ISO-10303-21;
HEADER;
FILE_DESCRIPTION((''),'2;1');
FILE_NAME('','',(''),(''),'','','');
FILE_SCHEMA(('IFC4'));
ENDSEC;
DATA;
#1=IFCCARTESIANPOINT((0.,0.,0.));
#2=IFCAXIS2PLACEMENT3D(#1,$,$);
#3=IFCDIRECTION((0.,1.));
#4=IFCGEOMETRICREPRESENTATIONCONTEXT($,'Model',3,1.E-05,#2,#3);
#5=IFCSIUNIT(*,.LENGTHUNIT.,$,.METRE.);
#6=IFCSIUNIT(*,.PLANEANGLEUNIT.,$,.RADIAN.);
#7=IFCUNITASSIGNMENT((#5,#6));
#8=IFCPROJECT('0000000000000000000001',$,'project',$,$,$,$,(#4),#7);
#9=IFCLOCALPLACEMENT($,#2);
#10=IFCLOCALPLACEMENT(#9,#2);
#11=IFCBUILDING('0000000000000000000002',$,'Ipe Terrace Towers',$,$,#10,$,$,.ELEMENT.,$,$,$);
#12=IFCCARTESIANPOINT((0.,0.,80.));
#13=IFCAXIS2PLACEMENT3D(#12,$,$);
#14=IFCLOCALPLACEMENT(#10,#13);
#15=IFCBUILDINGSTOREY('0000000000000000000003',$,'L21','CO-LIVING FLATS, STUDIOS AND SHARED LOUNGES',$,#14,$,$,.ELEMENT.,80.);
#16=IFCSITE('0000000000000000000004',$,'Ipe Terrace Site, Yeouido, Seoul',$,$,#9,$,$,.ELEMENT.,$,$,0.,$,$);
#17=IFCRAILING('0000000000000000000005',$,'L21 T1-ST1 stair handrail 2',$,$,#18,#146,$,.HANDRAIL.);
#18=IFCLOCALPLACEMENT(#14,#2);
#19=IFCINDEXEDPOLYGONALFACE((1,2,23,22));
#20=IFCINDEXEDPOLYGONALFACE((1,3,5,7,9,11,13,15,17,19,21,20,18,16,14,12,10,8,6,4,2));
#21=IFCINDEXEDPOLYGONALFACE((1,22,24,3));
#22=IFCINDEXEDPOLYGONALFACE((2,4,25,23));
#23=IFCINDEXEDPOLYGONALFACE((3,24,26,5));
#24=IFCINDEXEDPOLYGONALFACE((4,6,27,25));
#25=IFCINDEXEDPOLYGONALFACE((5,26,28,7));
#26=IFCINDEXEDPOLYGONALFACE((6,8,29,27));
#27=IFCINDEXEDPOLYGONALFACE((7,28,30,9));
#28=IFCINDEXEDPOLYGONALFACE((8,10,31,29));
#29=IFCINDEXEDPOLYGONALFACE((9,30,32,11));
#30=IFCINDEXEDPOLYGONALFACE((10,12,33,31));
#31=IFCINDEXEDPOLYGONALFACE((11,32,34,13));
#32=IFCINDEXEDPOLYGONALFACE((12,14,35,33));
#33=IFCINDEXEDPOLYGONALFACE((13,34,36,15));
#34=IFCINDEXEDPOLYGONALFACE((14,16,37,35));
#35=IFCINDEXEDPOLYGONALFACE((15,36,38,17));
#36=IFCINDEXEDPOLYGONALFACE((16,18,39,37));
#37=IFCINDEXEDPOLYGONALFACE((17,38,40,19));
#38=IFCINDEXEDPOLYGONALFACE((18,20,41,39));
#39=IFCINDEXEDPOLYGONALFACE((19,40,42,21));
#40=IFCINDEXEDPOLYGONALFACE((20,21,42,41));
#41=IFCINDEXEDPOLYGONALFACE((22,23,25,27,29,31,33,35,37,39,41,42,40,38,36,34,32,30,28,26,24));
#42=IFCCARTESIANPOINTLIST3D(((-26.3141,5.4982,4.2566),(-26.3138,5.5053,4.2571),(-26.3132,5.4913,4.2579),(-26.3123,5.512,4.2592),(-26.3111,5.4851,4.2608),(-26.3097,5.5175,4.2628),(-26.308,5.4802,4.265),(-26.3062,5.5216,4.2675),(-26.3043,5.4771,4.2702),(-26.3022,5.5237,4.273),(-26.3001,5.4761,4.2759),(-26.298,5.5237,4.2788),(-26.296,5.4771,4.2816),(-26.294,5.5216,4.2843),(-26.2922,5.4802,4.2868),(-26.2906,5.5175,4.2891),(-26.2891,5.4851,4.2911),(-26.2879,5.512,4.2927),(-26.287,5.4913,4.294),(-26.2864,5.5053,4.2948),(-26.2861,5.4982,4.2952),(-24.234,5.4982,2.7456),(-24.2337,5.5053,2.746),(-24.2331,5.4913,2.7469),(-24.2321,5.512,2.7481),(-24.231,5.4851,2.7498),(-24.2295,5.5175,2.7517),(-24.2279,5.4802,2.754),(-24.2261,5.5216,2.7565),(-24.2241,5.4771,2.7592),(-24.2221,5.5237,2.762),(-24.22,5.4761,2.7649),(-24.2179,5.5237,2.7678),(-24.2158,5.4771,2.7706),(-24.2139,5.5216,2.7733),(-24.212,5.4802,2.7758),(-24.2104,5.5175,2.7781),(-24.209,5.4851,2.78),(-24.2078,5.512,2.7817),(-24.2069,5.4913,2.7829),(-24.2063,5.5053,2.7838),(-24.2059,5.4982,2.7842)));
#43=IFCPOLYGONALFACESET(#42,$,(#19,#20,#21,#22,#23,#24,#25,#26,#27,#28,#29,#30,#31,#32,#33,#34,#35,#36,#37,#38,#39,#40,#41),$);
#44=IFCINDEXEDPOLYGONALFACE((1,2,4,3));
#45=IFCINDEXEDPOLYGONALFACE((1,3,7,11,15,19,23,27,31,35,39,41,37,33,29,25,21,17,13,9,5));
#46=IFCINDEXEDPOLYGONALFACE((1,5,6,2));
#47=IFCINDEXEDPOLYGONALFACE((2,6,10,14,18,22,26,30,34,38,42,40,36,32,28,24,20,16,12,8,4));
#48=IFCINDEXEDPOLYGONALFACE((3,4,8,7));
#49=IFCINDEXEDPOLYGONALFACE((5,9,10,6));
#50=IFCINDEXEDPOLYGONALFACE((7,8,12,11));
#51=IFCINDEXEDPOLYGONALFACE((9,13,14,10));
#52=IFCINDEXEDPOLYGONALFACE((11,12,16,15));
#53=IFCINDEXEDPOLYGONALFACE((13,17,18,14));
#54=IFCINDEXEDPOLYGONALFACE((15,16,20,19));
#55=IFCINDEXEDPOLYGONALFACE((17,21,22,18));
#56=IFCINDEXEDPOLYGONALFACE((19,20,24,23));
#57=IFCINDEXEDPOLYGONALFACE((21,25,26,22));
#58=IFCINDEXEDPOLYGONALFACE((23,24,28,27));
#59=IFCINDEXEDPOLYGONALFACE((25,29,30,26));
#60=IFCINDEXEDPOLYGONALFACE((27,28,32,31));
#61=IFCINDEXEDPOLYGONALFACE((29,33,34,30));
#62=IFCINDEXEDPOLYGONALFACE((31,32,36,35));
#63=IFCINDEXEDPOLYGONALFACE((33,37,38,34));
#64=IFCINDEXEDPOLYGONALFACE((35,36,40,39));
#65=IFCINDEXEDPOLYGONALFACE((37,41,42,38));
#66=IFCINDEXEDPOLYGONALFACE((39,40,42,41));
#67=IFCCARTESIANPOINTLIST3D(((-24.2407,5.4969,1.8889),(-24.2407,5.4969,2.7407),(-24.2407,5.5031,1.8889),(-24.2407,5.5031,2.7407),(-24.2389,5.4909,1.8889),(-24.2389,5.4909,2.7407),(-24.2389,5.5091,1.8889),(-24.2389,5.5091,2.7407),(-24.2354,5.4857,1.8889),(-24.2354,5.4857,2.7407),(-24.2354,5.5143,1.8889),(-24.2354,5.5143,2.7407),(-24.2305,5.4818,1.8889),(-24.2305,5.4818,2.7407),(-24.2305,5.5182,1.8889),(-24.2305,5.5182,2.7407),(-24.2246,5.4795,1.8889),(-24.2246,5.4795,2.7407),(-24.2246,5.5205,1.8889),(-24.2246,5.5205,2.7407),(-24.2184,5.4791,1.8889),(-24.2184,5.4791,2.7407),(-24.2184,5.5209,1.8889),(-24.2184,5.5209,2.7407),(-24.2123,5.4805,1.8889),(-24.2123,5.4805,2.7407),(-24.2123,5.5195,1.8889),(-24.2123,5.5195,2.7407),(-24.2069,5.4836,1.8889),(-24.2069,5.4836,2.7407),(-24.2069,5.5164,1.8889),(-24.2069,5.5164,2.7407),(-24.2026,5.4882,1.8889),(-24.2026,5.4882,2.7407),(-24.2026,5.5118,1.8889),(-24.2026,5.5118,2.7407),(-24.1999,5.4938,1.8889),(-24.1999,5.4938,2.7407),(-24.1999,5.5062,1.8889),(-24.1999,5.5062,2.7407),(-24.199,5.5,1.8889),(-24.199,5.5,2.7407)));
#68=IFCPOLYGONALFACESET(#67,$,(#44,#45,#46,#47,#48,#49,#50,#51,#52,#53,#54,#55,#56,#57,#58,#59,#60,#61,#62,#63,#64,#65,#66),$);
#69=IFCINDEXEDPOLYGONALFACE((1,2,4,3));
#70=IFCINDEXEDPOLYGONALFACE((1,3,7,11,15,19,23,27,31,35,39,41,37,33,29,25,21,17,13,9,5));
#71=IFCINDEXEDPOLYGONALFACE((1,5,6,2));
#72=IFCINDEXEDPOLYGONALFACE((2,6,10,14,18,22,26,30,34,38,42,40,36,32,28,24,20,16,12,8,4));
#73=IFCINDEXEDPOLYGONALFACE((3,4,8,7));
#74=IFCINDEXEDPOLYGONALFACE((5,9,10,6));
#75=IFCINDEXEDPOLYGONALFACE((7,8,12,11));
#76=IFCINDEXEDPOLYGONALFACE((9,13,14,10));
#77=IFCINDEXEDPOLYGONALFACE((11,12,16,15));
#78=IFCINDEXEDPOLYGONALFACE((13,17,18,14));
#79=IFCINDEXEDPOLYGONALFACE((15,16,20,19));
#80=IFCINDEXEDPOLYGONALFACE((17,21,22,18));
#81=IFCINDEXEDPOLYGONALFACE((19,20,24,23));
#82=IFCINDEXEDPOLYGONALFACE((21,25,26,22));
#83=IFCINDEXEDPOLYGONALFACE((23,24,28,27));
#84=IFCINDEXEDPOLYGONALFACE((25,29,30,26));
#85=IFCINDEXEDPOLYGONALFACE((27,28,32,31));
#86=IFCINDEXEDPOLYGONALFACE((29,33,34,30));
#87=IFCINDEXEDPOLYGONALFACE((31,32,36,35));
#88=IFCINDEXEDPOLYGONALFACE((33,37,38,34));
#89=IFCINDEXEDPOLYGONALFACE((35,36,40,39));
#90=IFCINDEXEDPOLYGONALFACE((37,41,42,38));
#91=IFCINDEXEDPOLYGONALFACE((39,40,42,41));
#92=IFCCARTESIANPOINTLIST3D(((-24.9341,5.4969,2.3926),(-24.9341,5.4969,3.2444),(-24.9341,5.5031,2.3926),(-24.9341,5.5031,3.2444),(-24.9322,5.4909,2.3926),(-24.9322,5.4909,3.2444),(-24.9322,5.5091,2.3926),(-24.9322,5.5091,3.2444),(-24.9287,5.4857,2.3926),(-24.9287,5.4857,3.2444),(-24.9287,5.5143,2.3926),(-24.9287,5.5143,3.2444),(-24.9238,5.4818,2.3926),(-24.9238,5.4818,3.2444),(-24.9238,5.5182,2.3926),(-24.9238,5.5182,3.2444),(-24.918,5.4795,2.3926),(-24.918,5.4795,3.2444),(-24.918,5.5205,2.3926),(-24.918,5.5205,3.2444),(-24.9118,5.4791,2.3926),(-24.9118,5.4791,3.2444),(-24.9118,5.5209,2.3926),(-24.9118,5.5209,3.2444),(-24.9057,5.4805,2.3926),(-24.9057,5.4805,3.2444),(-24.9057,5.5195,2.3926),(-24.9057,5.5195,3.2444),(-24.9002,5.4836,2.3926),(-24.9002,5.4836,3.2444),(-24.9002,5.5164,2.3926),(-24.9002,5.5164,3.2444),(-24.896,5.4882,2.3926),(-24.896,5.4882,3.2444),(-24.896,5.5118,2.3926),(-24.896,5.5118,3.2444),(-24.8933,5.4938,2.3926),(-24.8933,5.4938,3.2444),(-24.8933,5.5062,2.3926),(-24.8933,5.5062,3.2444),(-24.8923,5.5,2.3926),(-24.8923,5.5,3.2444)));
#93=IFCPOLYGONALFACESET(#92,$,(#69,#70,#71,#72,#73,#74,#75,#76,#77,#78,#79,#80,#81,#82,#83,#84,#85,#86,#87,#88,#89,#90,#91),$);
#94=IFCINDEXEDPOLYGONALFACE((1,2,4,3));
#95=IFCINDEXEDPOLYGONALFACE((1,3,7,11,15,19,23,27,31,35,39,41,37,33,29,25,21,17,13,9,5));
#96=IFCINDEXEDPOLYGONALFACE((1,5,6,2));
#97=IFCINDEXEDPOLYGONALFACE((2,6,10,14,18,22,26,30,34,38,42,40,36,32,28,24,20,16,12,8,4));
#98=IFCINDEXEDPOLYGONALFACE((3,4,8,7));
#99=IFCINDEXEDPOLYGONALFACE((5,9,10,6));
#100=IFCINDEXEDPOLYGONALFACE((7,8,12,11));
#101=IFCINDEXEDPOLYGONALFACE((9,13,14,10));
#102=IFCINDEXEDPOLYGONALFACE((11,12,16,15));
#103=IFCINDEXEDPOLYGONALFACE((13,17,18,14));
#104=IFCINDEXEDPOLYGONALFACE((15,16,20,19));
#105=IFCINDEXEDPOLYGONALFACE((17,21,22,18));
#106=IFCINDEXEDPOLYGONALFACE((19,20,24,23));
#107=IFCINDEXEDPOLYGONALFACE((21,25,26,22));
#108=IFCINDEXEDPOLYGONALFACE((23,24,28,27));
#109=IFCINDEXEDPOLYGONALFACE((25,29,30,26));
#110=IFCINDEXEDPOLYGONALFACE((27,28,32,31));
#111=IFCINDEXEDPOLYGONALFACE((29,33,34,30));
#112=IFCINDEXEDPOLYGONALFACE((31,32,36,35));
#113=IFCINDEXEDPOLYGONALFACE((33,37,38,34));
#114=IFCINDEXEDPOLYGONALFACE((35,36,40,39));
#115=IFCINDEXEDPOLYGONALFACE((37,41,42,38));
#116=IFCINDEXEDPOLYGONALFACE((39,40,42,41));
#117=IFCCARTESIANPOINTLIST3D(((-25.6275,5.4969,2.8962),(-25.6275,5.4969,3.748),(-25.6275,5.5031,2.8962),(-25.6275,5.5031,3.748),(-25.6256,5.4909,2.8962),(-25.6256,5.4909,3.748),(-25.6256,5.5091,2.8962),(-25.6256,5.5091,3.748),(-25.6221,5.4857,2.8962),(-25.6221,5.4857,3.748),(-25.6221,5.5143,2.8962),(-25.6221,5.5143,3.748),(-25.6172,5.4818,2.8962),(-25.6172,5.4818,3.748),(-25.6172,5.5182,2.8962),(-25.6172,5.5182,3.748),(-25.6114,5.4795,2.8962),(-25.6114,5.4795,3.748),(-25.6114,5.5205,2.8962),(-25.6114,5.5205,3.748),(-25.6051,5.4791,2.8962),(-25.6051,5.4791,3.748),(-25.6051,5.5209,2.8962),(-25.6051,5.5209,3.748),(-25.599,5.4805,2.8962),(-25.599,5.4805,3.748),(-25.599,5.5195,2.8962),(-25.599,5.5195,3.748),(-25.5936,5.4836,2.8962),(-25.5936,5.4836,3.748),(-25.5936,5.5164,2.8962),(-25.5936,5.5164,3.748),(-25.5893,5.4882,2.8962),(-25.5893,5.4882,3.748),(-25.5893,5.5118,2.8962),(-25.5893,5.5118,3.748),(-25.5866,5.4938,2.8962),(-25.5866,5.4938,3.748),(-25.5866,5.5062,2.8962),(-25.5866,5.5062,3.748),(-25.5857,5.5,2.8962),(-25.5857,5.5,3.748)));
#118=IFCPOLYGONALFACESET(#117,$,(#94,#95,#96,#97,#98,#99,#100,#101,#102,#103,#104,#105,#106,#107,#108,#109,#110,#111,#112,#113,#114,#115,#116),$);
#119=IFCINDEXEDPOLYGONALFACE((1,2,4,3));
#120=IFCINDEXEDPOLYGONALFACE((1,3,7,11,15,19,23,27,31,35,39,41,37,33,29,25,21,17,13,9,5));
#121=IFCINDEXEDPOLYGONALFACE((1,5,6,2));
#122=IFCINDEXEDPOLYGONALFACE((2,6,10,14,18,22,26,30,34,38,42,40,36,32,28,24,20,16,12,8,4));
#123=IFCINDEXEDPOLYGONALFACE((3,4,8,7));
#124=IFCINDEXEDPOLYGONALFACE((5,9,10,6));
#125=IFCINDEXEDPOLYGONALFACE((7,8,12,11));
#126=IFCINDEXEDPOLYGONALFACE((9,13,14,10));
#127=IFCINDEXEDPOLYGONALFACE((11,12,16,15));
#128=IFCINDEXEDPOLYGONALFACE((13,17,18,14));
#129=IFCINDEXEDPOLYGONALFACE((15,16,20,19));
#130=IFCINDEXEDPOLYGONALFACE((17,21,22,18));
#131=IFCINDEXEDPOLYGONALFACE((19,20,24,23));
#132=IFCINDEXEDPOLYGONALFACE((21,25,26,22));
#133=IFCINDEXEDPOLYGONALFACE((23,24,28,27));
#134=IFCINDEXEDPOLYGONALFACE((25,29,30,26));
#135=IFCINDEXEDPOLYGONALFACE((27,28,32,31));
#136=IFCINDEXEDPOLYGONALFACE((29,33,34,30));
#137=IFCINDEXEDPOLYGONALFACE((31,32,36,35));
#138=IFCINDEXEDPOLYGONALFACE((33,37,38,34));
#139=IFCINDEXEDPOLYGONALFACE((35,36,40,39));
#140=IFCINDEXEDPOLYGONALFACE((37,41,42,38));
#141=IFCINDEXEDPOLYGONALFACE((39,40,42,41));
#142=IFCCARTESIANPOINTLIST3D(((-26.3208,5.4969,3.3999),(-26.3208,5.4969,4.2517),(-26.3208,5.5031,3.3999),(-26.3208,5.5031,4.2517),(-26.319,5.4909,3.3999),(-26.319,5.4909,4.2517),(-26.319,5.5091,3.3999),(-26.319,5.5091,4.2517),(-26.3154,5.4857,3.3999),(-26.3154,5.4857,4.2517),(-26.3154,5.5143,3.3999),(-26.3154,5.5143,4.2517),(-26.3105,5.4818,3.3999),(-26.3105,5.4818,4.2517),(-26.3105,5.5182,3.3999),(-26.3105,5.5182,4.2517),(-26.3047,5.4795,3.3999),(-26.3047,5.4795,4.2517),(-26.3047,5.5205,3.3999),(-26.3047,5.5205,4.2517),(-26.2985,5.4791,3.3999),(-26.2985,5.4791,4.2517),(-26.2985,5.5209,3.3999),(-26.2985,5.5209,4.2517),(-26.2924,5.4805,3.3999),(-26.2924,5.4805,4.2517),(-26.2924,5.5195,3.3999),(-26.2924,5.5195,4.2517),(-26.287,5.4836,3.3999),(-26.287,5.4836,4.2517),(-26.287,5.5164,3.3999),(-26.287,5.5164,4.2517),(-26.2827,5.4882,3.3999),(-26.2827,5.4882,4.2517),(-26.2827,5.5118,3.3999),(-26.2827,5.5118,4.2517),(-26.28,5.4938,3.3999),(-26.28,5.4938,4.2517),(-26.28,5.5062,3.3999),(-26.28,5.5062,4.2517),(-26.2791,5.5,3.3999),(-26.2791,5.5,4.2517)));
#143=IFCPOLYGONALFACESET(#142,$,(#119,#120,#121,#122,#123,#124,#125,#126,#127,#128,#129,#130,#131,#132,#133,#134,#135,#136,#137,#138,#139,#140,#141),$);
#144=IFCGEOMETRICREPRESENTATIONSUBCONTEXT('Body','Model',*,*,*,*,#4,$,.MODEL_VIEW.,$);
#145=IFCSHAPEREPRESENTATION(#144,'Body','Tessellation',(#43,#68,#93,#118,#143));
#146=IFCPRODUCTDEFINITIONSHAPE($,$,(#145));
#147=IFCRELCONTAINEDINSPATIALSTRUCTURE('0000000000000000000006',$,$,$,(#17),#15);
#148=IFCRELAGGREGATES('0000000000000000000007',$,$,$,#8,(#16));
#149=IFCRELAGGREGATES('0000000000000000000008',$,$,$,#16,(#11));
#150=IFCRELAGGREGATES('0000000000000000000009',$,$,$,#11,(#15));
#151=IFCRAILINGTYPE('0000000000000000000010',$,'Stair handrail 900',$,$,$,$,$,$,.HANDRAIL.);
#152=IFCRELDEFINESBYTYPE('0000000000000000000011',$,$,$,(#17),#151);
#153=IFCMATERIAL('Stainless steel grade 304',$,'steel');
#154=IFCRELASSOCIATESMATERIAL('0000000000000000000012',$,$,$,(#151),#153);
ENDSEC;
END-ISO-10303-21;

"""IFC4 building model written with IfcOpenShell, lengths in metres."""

from ifc_helpers import new_model, si_unit, direction, frame, origin, origin_2d, place, context, subcontext, project, spatial, circle, extrude, material, type_object, element, save


model = new_model("IFC4")

# Units and contexts
model_context = context("Model", 3, precision=1e-05, world=origin(), true_north=direction((0.0, 1.0)))
body_context = subcontext(model_context, "Body", "Model", "MODEL_VIEW")
ifc_project = project(units=[si_unit("LENGTHUNIT", "METRE"), si_unit("PLANEANGLEUNIT", "RADIAN")], contexts=[model_context])

# Site, building, storey
site_placement = place(None, origin())
site = spatial("IfcSite", under=ifc_project, at=site_placement, Name="Ipe Terrace Site, Yeouido, Seoul", CompositionType="ELEMENT", RefElevation=0.0)
building_placement = place(site_placement, origin())
building = spatial("IfcBuilding", under=site, at=building_placement, Name="Ipe Terrace Towers", CompositionType="ELEMENT")
storey_placement = place(building_placement, frame((0.0, 0.0, 80.0)))
storey = spatial("IfcBuildingStorey", under=building, at=storey_placement, Name="L21", Description="CO-LIVING FLATS, STUDIOS AND SHARED LOUNGES", CompositionType="ELEMENT", Elevation=80.0)

# Railing
ifc_material_1 = material(Name="Stainless steel grade 304", Category="steel")
railing_type_1 = type_object("IfcRailingType", Name="Stair handrail 900", PredefinedType="HANDRAIL", material=ifc_material_1)
railing_1_placement = place(storey_placement, frame((-24.22, 5.5, 1.8889)))
element("IfcRailing", 1, at=railing_1_placement, inside=storey, type_object=railing_type_1, Name="L21 T1-ST1 stair handrail 2", PredefinedType="HANDRAIL", context=body_context, shape_type="SweptSolid", body=[
    extrude(circle(Radius=0.0239, at=origin_2d()), frame((0.0, 0.0, 0.876), z_axis=(-0.809069, 0.0, 0.587714), x_axis=(0.0, -1.0, 0.0)), (0.0, 0.0, 1.0), 2.571),
    extrude(circle(Radius=0.021, at=origin_2d()), origin(), (0.0, 0.0, 1.0), 0.8518),
    extrude(circle(Radius=0.021, at=origin_2d()), frame((-0.6934, 0.0, 0.5037)), (0.0, 0.0, 1.0), 0.8518),
    extrude(circle(Radius=0.021, at=origin_2d()), frame((-1.3867, 0.0, 1.0073)), (0.0, 0.0, 1.0), 0.8518),
    extrude(circle(Radius=0.021, at=origin_2d()), frame((-2.0801, 0.0, 1.511)), (0.0, 0.0, 1.0), 0.8518),
])

save(model, "model.ifc")
